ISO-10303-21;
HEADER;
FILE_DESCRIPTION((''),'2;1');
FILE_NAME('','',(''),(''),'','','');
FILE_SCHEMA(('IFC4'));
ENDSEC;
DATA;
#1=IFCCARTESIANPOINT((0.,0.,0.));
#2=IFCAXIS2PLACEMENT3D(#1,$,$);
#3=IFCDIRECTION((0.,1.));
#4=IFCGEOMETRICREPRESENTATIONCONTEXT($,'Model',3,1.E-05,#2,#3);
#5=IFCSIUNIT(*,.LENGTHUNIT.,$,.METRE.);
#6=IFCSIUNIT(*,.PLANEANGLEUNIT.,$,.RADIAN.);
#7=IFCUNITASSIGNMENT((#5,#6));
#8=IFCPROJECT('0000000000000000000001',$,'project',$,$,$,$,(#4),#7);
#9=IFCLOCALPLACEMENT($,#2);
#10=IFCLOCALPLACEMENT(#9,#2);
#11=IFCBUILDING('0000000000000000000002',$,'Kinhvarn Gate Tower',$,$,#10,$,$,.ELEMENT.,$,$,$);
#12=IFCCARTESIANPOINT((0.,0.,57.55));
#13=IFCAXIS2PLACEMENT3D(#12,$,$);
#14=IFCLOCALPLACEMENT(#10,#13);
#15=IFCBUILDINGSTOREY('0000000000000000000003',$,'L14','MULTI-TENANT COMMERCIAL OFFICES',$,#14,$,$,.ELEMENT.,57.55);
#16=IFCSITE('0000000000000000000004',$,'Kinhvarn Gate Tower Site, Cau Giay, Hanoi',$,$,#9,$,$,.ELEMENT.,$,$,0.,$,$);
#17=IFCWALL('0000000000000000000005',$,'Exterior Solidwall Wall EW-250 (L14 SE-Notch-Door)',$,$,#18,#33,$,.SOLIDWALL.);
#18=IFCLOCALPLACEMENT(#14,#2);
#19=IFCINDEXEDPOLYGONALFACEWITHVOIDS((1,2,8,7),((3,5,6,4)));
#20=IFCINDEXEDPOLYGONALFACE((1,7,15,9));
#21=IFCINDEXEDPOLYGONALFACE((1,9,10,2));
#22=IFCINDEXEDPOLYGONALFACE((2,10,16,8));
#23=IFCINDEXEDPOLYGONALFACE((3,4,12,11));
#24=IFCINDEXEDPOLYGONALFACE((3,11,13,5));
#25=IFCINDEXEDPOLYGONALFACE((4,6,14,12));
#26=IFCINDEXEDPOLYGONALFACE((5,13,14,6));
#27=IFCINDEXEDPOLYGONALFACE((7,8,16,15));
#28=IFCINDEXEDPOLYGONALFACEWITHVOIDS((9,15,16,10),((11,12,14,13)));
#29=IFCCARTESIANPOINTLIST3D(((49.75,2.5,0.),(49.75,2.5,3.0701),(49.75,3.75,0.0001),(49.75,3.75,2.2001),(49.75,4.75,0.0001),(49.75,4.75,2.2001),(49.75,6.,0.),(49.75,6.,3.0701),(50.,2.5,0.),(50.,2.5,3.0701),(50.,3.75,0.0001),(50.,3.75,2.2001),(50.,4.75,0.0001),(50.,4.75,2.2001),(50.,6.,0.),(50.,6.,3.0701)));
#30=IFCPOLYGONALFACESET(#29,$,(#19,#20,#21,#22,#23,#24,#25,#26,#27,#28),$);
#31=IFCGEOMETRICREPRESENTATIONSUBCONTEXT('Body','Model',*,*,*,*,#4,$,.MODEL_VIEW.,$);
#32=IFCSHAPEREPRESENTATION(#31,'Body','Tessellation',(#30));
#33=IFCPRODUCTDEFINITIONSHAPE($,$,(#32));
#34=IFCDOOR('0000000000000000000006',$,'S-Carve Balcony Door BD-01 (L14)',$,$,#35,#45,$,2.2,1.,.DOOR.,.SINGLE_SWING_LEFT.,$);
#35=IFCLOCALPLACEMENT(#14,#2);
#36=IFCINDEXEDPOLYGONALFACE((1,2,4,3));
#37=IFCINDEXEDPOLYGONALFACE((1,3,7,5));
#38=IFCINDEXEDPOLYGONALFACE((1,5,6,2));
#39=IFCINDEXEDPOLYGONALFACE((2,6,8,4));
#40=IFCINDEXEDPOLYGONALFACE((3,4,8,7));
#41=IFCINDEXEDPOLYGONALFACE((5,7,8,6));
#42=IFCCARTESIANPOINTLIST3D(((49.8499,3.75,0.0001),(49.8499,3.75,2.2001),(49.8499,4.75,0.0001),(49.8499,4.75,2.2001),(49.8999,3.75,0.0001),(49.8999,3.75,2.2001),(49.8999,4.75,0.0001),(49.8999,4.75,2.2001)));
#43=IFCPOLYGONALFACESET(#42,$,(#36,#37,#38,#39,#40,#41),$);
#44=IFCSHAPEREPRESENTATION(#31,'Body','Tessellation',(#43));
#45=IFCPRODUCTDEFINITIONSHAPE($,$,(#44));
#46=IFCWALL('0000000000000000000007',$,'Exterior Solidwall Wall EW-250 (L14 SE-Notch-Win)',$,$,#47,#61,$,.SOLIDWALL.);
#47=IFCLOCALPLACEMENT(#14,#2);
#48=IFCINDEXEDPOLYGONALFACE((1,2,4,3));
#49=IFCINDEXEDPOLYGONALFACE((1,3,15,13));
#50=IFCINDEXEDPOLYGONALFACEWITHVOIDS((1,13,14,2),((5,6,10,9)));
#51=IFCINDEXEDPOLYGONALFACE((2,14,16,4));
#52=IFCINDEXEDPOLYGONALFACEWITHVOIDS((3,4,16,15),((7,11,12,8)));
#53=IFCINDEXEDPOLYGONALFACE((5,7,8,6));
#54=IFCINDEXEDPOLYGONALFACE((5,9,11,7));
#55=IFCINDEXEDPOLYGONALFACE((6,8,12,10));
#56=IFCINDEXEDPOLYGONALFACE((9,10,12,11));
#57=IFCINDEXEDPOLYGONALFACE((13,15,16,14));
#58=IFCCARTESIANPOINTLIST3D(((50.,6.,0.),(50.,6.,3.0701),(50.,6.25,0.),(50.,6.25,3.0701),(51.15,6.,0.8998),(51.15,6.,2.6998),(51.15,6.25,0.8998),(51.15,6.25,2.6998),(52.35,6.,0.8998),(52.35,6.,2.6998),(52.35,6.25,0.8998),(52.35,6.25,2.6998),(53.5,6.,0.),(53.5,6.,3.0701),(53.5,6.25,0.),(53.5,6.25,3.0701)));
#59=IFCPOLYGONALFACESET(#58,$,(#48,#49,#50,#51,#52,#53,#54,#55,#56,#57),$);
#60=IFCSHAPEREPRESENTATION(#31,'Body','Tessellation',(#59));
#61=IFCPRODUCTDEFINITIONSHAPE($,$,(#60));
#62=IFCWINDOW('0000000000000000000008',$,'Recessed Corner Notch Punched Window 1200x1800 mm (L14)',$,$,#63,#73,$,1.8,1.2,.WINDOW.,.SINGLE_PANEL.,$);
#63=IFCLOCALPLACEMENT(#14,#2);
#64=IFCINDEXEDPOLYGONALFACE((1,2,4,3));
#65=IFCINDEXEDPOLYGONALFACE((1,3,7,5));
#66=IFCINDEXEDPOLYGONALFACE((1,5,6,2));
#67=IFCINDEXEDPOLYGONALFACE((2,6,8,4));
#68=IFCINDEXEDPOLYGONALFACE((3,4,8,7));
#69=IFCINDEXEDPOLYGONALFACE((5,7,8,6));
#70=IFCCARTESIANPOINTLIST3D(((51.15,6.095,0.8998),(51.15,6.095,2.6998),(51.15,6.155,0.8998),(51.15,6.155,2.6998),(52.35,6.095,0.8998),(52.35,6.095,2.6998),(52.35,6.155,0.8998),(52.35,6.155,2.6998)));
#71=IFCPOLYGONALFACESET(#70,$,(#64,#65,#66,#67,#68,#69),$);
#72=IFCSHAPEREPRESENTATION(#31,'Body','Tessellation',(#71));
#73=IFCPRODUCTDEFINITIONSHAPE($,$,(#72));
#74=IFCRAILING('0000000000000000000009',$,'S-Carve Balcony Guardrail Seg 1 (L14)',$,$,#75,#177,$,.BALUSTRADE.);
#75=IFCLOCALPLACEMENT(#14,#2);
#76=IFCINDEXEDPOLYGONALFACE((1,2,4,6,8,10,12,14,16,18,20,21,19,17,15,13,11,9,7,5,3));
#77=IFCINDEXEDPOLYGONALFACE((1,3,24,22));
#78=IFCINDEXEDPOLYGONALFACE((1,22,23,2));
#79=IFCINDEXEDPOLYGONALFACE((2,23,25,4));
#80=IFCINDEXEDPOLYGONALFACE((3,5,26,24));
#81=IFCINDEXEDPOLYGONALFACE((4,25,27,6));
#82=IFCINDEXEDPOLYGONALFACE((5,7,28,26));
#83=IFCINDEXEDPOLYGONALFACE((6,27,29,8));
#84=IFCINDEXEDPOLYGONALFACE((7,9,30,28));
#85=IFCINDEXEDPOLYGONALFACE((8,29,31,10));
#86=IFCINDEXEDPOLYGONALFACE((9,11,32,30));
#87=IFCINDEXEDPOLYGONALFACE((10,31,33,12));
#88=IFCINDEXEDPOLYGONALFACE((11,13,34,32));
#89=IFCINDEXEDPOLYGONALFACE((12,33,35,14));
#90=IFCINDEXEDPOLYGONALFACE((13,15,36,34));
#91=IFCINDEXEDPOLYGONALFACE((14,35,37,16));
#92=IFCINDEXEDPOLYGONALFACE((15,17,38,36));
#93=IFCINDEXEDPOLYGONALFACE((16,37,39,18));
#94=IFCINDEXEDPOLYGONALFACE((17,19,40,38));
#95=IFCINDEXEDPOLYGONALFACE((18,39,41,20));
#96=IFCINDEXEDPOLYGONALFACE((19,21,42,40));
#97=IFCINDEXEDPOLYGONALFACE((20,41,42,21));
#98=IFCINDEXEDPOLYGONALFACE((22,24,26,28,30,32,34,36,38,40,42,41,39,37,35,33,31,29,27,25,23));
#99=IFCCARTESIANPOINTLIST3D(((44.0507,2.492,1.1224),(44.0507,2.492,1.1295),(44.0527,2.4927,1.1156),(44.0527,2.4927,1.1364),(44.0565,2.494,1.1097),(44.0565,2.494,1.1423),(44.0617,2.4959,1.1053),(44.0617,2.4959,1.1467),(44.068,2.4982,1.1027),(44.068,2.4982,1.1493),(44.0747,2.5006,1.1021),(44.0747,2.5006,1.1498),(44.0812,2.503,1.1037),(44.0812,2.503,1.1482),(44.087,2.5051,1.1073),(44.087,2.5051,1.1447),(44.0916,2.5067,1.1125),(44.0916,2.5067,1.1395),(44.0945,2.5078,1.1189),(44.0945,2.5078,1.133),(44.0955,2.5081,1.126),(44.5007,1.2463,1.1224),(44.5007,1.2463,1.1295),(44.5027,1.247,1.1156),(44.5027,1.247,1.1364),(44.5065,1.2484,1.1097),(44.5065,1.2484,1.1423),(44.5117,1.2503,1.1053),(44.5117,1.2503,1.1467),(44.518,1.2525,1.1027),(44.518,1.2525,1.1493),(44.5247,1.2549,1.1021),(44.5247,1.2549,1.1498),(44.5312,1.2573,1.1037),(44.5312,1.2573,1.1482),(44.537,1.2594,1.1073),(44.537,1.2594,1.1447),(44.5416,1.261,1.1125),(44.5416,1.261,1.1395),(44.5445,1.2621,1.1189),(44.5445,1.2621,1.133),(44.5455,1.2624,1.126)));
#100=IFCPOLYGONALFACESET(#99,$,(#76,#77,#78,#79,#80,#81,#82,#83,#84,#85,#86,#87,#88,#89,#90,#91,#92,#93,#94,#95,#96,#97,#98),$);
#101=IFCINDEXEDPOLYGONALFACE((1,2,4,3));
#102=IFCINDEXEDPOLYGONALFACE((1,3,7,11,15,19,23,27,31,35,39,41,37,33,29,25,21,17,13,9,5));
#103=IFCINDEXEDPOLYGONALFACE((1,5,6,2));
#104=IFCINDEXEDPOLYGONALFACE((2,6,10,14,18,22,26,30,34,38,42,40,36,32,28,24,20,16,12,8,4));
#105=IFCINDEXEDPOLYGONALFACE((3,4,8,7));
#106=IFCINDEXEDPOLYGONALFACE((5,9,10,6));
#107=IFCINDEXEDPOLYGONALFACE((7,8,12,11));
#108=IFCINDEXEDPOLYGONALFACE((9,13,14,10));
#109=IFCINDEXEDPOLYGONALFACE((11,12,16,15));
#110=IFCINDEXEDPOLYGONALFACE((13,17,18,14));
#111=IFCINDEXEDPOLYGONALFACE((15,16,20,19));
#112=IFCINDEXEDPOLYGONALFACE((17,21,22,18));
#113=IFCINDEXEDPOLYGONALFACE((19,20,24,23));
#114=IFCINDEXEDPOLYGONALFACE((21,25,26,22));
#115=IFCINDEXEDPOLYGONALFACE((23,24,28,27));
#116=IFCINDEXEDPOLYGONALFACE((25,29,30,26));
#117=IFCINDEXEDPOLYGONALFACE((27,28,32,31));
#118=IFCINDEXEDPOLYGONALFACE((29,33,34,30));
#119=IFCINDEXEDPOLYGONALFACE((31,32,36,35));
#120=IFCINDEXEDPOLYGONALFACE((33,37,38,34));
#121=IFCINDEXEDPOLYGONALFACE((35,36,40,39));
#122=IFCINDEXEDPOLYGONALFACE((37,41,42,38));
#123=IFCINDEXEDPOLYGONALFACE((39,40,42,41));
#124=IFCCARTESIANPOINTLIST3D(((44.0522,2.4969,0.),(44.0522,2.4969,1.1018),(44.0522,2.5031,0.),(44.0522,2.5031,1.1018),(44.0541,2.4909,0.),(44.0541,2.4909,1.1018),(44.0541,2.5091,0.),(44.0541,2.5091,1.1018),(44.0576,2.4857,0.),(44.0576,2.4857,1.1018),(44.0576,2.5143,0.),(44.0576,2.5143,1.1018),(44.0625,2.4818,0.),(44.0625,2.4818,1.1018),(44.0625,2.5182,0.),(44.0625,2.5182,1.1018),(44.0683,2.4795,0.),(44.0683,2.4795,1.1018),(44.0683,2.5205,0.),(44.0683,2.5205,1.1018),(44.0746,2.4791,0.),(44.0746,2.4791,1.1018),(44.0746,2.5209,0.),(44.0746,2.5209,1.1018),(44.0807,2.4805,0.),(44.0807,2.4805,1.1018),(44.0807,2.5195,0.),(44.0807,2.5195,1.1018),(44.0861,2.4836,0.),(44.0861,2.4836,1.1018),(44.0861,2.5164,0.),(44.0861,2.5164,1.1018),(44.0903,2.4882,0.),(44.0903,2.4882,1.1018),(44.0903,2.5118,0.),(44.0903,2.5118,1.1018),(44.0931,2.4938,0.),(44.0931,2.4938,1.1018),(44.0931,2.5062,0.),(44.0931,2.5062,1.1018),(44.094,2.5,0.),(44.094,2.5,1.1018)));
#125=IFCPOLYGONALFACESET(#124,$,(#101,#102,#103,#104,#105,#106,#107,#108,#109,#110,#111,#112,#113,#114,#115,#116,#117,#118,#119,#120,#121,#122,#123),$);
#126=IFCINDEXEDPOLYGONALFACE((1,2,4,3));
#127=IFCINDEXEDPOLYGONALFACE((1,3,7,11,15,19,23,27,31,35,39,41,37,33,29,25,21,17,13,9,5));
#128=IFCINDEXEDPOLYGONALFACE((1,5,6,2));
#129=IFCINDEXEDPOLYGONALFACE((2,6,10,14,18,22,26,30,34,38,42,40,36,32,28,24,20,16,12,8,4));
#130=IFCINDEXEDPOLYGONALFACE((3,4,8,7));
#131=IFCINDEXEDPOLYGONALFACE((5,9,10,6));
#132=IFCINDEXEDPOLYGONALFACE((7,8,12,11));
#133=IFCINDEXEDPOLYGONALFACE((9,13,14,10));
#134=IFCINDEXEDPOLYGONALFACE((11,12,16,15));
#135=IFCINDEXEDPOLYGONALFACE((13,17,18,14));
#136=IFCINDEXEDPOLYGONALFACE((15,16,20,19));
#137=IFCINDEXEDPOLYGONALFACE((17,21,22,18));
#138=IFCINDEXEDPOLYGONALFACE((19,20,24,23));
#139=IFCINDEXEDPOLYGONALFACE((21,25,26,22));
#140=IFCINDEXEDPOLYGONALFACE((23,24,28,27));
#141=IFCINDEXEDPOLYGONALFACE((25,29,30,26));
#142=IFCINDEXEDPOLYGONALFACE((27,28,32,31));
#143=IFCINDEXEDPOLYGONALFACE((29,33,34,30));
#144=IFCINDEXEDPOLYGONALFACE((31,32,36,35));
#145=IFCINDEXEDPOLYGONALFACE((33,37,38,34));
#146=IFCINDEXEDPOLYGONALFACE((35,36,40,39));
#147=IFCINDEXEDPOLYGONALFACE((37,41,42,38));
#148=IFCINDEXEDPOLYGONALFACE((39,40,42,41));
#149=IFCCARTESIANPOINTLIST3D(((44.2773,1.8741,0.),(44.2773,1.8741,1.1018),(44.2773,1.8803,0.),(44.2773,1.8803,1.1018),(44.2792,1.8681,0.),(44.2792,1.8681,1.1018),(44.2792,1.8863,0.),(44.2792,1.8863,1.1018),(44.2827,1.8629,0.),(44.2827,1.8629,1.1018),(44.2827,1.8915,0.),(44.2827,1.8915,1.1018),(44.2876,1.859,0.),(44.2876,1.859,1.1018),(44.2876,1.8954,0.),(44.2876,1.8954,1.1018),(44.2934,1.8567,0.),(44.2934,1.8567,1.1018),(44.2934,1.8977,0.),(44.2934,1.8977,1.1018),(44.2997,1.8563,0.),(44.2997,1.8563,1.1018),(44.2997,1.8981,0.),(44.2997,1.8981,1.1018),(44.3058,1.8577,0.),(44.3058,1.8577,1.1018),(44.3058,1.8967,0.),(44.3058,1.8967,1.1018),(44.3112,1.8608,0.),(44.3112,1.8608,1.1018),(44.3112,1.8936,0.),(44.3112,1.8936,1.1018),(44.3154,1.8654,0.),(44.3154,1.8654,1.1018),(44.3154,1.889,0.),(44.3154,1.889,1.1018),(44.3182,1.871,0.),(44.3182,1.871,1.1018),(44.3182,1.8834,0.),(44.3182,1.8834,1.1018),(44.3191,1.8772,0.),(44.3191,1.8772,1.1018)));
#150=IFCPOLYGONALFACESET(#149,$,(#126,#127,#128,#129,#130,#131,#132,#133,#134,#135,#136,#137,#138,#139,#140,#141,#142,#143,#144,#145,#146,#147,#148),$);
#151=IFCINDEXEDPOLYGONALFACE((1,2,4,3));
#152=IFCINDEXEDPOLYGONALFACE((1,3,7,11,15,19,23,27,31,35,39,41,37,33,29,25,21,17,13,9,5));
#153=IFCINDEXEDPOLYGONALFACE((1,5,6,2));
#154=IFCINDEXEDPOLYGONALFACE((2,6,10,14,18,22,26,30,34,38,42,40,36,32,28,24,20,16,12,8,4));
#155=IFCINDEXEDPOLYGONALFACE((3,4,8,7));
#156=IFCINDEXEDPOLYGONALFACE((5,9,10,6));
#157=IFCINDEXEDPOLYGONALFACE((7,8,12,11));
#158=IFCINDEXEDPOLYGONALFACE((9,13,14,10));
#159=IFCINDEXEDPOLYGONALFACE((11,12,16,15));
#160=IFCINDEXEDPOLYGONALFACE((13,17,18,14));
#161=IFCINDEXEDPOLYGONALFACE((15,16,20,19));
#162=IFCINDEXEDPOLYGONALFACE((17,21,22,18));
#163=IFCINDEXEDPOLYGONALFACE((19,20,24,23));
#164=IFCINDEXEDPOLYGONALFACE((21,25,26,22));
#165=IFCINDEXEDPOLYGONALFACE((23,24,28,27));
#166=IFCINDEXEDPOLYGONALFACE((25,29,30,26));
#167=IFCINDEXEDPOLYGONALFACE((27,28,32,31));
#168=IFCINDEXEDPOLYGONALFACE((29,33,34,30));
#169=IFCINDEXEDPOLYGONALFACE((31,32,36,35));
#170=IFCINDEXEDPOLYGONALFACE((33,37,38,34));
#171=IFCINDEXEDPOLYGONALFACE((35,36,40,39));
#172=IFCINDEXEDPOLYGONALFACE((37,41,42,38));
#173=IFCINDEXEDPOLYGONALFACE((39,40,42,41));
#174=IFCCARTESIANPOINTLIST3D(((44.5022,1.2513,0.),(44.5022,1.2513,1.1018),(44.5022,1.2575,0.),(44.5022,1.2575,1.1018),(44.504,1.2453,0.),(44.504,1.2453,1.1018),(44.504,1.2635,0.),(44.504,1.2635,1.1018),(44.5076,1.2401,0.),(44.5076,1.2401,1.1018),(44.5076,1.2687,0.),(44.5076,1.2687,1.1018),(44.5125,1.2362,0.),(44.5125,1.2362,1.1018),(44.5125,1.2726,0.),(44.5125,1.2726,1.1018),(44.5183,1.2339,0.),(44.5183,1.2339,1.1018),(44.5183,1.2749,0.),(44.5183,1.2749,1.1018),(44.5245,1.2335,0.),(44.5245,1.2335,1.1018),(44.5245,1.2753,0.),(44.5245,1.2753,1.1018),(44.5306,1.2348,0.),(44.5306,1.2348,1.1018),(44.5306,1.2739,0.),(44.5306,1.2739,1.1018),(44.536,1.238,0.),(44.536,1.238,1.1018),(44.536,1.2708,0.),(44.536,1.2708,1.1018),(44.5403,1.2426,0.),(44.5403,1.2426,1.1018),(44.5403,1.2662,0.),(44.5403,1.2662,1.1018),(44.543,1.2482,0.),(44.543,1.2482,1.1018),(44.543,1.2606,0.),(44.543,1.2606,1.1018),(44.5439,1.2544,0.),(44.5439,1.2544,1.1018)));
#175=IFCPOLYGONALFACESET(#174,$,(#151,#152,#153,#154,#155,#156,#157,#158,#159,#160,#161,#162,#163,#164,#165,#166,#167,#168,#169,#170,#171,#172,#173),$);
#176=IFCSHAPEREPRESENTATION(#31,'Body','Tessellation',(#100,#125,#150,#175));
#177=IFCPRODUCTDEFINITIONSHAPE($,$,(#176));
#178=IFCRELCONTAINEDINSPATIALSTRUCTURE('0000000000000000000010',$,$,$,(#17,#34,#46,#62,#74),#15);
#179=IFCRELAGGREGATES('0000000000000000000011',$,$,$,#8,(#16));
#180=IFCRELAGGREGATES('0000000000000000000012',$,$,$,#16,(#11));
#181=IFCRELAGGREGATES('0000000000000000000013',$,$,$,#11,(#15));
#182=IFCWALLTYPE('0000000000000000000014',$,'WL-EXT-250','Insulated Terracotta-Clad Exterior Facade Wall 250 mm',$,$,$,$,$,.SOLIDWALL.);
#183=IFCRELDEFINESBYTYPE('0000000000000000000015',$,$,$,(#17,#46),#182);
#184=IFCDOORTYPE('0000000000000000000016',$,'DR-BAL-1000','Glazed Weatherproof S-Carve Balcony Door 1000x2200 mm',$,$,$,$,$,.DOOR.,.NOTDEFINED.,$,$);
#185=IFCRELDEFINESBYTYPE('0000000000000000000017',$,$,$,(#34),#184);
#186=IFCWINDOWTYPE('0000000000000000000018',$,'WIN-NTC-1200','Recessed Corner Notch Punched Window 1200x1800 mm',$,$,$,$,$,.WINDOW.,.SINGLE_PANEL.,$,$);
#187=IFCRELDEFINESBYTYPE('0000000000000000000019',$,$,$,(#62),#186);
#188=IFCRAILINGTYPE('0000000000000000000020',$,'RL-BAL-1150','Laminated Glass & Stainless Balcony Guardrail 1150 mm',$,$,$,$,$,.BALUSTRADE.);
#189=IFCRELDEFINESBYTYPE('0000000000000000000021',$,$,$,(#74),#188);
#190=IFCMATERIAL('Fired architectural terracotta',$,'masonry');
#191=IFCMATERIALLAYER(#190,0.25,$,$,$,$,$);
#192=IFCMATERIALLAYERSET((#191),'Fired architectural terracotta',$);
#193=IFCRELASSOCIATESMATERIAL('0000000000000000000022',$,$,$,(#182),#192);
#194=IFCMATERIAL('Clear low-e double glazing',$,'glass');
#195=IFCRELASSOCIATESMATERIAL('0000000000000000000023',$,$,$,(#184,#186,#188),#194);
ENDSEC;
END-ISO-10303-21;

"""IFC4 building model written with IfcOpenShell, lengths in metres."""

from ifc_helpers import new_model, si_unit, direction, frame, frame_2d, origin, origin_2d, place, context, subcontext, project, spatial, rectangle, circle, extrude, material, layer, layer_set, type_object, element, fill, save


model = new_model("IFC4")

# Units and contexts
model_context = context("Model", 3, precision=1e-05, world=origin(), true_north=direction((0.0, 1.0)))
body_context = subcontext(model_context, "Body", "Model", "MODEL_VIEW")
ifc_project = project(units=[si_unit("LENGTHUNIT", "METRE"), si_unit("PLANEANGLEUNIT", "RADIAN")], contexts=[model_context])

# Site, building, storey
site_placement = place(None, origin())
site = spatial("IfcSite", under=ifc_project, at=site_placement, Name="Kinhvarn Gate Tower Site, Cau Giay, Hanoi", CompositionType="ELEMENT", RefElevation=0.0)
building_placement = place(site_placement, origin())
building = spatial("IfcBuilding", under=site, at=building_placement, Name="Kinhvarn Gate Tower", CompositionType="ELEMENT")
storey_placement = place(building_placement, frame((0.0, 0.0, 57.55)))
storey = spatial("IfcBuildingStorey", under=building, at=storey_placement, Name="L14", Description="MULTI-TENANT COMMERCIAL OFFICES", CompositionType="ELEMENT", Elevation=57.55)

# Shared definitions
ifc_material_1 = material(Name="Clear low-e double glazing", Category="glass")

# Wall, opening, door
ifc_material_2 = material(Name="Fired architectural terracotta", Category="masonry")
ifc_layer_1 = layer(ifc_material_2, 0.25)
ifc_layer_set_1 = layer_set([ifc_layer_1], Name="Fired architectural terracotta")
wall_type = type_object("IfcWallType", Name="WL-EXT-250", Description="Insulated Terracotta-Clad Exterior Facade Wall 250 mm", PredefinedType="SOLIDWALL", material=ifc_layer_set_1)
wall_1_placement = place(storey_placement, frame((49.875, 2.5, 0.0), z_axis=(0.0, 0.0, 1.0), x_axis=(0.0, 1.0, 0.0)))
wall_1 = element("IfcWall", 1, at=wall_1_placement, inside=storey, type_object=wall_type, Name="Exterior Solidwall Wall EW-250 (L14 SE-Notch-Door)", PredefinedType="SOLIDWALL", context=body_context, shape_type="SweptSolid", body=[
    extrude(rectangle(XDim=3.5, YDim=0.25, at=frame_2d((1.75, 0.0))), origin(), (0.0, 0.0, 1.0), 3.0701),
])
opening_1_placement = place(wall_1_placement, frame((1.25, 0.0, 0.0)))
opening_1 = element("IfcOpeningElement", 2, at=opening_1_placement, cuts=wall_1, PredefinedType="OPENING", context=body_context, shape_type="SweptSolid", body=[
    extrude(rectangle(XDim=1.0, YDim=2.2, at=frame_2d((0.5, 1.1001))), frame((0.0, 0.135, 0.0), z_axis=(0.0, -1.0, 0.0), x_axis=(1.0, 0.0, 0.0)), (0.0, 0.0, 1.0), 0.27),
])
door_type = type_object("IfcDoorType", Name="DR-BAL-1000", Description="Glazed Weatherproof S-Carve Balcony Door 1000x2200 mm", OperationType="NOTDEFINED", PredefinedType="DOOR", material=ifc_material_1)
door_placement = place(opening_1_placement, frame((1.0, 0.0, 0.0), z_axis=(0.0, 0.0, 1.0), x_axis=(-1.0, 0.0, 0.0)))
door = element("IfcDoor", 3, at=door_placement, inside=storey, type_object=door_type, Name="S-Carve Balcony Door BD-01 (L14)", OperationType="SINGLE_SWING_LEFT", OverallHeight=2.2, OverallWidth=1.0, PredefinedType="DOOR", context=body_context, shape_type="SweptSolid", body=[
    extrude(rectangle(XDim=1.0, YDim=2.2, at=frame_2d((0.5, 1.1001))), frame((0.0, 0.0249, 0.0), z_axis=(0.0, -1.0, 0.0), x_axis=(1.0, 0.0, 0.0)), (0.0, 0.0, 1.0), 0.05),
])
fill(opening_1, door)

# Wall, opening, window
wall_2_placement = place(storey_placement, frame((50.0, 6.125, 0.0), z_axis=(0.0, 0.0, 1.0), x_axis=(1.0, 0.0, 0.0)))
wall_2 = element("IfcWall", 4, at=wall_2_placement, inside=storey, type_object=wall_type, Name="Exterior Solidwall Wall EW-250 (L14 SE-Notch-Win)", PredefinedType="SOLIDWALL", context=body_context, shape_type="SweptSolid", body=[
    extrude(rectangle(XDim=3.5, YDim=0.25, at=frame_2d((1.75, 0.0))), origin(), (0.0, 0.0, 1.0), 3.0701),
])
opening_2_placement = place(wall_2_placement, frame((1.1499, 0.0, 0.8999)))
opening_2 = element("IfcOpeningElement", 5, at=opening_2_placement, cuts=wall_2, PredefinedType="OPENING", context=body_context, shape_type="SweptSolid", body=[
    extrude(rectangle(XDim=1.2, YDim=1.8, at=frame_2d((0.6001, 0.8999))), frame((0.0, 0.135, 0.0), z_axis=(0.0, -1.0, 0.0), x_axis=(1.0, 0.0, 0.0)), (0.0, 0.0, 1.0), 0.27),
])
window_type = type_object("IfcWindowType", Name="WIN-NTC-1200", Description="Recessed Corner Notch Punched Window 1200x1800 mm", PartitioningType="SINGLE_PANEL", PredefinedType="WINDOW", material=ifc_material_1)
window_placement = place(opening_2_placement, origin())
window = element("IfcWindow", 6, at=window_placement, inside=storey, type_object=window_type, Name="Recessed Corner Notch Punched Window 1200x1800 mm (L14)", OverallHeight=1.8, OverallWidth=1.2, PartitioningType="SINGLE_PANEL", PredefinedType="WINDOW", context=body_context, shape_type="SweptSolid", body=[
    extrude(rectangle(XDim=1.2, YDim=1.8, at=frame_2d((0.6001, 0.8999))), frame((0.0, 0.03, 0.0), z_axis=(0.0, -1.0, 0.0), x_axis=(1.0, 0.0, 0.0)), (0.0, 0.0, 1.0), 0.0601),
])
fill(opening_2, window)

# Railing
railing_type = type_object("IfcRailingType", Name="RL-BAL-1150", Description="Laminated Glass & Stainless Balcony Guardrail 1150 mm", PredefinedType="BALUSTRADE", material=ifc_material_1)
railing_1_placement = place(storey_placement, frame((44.073, 2.5, 0.0)))
element("IfcRailing", 7, at=railing_1_placement, inside=storey, type_object=railing_type, Name="S-Carve Balcony Guardrail Seg 1 (L14)", PredefinedType="BALUSTRADE", context=body_context, shape_type="SweptSolid", body=[
    extrude(circle(Radius=0.0239, at=origin_2d()), frame((0.0, 0.0, 1.126), z_axis=(0.339744, -0.940518, 0.0), x_axis=(0.940518, 0.339744, 0.0)), (0.0, 0.0, 1.0), 1.3245),
    extrude(circle(Radius=0.021, at=origin_2d()), origin(), (0.0, 0.0, 1.0), 1.1018),
    extrude(circle(Radius=0.021, at=origin_2d()), frame((0.2251, -0.6228, 0.0)), (0.0, 0.0, 1.0), 1.1018),
    extrude(circle(Radius=0.021, at=origin_2d()), frame((0.45, -1.2456, 0.0)), (0.0, 0.0, 1.0), 1.1018),
])

save(model, "model.ifc")
